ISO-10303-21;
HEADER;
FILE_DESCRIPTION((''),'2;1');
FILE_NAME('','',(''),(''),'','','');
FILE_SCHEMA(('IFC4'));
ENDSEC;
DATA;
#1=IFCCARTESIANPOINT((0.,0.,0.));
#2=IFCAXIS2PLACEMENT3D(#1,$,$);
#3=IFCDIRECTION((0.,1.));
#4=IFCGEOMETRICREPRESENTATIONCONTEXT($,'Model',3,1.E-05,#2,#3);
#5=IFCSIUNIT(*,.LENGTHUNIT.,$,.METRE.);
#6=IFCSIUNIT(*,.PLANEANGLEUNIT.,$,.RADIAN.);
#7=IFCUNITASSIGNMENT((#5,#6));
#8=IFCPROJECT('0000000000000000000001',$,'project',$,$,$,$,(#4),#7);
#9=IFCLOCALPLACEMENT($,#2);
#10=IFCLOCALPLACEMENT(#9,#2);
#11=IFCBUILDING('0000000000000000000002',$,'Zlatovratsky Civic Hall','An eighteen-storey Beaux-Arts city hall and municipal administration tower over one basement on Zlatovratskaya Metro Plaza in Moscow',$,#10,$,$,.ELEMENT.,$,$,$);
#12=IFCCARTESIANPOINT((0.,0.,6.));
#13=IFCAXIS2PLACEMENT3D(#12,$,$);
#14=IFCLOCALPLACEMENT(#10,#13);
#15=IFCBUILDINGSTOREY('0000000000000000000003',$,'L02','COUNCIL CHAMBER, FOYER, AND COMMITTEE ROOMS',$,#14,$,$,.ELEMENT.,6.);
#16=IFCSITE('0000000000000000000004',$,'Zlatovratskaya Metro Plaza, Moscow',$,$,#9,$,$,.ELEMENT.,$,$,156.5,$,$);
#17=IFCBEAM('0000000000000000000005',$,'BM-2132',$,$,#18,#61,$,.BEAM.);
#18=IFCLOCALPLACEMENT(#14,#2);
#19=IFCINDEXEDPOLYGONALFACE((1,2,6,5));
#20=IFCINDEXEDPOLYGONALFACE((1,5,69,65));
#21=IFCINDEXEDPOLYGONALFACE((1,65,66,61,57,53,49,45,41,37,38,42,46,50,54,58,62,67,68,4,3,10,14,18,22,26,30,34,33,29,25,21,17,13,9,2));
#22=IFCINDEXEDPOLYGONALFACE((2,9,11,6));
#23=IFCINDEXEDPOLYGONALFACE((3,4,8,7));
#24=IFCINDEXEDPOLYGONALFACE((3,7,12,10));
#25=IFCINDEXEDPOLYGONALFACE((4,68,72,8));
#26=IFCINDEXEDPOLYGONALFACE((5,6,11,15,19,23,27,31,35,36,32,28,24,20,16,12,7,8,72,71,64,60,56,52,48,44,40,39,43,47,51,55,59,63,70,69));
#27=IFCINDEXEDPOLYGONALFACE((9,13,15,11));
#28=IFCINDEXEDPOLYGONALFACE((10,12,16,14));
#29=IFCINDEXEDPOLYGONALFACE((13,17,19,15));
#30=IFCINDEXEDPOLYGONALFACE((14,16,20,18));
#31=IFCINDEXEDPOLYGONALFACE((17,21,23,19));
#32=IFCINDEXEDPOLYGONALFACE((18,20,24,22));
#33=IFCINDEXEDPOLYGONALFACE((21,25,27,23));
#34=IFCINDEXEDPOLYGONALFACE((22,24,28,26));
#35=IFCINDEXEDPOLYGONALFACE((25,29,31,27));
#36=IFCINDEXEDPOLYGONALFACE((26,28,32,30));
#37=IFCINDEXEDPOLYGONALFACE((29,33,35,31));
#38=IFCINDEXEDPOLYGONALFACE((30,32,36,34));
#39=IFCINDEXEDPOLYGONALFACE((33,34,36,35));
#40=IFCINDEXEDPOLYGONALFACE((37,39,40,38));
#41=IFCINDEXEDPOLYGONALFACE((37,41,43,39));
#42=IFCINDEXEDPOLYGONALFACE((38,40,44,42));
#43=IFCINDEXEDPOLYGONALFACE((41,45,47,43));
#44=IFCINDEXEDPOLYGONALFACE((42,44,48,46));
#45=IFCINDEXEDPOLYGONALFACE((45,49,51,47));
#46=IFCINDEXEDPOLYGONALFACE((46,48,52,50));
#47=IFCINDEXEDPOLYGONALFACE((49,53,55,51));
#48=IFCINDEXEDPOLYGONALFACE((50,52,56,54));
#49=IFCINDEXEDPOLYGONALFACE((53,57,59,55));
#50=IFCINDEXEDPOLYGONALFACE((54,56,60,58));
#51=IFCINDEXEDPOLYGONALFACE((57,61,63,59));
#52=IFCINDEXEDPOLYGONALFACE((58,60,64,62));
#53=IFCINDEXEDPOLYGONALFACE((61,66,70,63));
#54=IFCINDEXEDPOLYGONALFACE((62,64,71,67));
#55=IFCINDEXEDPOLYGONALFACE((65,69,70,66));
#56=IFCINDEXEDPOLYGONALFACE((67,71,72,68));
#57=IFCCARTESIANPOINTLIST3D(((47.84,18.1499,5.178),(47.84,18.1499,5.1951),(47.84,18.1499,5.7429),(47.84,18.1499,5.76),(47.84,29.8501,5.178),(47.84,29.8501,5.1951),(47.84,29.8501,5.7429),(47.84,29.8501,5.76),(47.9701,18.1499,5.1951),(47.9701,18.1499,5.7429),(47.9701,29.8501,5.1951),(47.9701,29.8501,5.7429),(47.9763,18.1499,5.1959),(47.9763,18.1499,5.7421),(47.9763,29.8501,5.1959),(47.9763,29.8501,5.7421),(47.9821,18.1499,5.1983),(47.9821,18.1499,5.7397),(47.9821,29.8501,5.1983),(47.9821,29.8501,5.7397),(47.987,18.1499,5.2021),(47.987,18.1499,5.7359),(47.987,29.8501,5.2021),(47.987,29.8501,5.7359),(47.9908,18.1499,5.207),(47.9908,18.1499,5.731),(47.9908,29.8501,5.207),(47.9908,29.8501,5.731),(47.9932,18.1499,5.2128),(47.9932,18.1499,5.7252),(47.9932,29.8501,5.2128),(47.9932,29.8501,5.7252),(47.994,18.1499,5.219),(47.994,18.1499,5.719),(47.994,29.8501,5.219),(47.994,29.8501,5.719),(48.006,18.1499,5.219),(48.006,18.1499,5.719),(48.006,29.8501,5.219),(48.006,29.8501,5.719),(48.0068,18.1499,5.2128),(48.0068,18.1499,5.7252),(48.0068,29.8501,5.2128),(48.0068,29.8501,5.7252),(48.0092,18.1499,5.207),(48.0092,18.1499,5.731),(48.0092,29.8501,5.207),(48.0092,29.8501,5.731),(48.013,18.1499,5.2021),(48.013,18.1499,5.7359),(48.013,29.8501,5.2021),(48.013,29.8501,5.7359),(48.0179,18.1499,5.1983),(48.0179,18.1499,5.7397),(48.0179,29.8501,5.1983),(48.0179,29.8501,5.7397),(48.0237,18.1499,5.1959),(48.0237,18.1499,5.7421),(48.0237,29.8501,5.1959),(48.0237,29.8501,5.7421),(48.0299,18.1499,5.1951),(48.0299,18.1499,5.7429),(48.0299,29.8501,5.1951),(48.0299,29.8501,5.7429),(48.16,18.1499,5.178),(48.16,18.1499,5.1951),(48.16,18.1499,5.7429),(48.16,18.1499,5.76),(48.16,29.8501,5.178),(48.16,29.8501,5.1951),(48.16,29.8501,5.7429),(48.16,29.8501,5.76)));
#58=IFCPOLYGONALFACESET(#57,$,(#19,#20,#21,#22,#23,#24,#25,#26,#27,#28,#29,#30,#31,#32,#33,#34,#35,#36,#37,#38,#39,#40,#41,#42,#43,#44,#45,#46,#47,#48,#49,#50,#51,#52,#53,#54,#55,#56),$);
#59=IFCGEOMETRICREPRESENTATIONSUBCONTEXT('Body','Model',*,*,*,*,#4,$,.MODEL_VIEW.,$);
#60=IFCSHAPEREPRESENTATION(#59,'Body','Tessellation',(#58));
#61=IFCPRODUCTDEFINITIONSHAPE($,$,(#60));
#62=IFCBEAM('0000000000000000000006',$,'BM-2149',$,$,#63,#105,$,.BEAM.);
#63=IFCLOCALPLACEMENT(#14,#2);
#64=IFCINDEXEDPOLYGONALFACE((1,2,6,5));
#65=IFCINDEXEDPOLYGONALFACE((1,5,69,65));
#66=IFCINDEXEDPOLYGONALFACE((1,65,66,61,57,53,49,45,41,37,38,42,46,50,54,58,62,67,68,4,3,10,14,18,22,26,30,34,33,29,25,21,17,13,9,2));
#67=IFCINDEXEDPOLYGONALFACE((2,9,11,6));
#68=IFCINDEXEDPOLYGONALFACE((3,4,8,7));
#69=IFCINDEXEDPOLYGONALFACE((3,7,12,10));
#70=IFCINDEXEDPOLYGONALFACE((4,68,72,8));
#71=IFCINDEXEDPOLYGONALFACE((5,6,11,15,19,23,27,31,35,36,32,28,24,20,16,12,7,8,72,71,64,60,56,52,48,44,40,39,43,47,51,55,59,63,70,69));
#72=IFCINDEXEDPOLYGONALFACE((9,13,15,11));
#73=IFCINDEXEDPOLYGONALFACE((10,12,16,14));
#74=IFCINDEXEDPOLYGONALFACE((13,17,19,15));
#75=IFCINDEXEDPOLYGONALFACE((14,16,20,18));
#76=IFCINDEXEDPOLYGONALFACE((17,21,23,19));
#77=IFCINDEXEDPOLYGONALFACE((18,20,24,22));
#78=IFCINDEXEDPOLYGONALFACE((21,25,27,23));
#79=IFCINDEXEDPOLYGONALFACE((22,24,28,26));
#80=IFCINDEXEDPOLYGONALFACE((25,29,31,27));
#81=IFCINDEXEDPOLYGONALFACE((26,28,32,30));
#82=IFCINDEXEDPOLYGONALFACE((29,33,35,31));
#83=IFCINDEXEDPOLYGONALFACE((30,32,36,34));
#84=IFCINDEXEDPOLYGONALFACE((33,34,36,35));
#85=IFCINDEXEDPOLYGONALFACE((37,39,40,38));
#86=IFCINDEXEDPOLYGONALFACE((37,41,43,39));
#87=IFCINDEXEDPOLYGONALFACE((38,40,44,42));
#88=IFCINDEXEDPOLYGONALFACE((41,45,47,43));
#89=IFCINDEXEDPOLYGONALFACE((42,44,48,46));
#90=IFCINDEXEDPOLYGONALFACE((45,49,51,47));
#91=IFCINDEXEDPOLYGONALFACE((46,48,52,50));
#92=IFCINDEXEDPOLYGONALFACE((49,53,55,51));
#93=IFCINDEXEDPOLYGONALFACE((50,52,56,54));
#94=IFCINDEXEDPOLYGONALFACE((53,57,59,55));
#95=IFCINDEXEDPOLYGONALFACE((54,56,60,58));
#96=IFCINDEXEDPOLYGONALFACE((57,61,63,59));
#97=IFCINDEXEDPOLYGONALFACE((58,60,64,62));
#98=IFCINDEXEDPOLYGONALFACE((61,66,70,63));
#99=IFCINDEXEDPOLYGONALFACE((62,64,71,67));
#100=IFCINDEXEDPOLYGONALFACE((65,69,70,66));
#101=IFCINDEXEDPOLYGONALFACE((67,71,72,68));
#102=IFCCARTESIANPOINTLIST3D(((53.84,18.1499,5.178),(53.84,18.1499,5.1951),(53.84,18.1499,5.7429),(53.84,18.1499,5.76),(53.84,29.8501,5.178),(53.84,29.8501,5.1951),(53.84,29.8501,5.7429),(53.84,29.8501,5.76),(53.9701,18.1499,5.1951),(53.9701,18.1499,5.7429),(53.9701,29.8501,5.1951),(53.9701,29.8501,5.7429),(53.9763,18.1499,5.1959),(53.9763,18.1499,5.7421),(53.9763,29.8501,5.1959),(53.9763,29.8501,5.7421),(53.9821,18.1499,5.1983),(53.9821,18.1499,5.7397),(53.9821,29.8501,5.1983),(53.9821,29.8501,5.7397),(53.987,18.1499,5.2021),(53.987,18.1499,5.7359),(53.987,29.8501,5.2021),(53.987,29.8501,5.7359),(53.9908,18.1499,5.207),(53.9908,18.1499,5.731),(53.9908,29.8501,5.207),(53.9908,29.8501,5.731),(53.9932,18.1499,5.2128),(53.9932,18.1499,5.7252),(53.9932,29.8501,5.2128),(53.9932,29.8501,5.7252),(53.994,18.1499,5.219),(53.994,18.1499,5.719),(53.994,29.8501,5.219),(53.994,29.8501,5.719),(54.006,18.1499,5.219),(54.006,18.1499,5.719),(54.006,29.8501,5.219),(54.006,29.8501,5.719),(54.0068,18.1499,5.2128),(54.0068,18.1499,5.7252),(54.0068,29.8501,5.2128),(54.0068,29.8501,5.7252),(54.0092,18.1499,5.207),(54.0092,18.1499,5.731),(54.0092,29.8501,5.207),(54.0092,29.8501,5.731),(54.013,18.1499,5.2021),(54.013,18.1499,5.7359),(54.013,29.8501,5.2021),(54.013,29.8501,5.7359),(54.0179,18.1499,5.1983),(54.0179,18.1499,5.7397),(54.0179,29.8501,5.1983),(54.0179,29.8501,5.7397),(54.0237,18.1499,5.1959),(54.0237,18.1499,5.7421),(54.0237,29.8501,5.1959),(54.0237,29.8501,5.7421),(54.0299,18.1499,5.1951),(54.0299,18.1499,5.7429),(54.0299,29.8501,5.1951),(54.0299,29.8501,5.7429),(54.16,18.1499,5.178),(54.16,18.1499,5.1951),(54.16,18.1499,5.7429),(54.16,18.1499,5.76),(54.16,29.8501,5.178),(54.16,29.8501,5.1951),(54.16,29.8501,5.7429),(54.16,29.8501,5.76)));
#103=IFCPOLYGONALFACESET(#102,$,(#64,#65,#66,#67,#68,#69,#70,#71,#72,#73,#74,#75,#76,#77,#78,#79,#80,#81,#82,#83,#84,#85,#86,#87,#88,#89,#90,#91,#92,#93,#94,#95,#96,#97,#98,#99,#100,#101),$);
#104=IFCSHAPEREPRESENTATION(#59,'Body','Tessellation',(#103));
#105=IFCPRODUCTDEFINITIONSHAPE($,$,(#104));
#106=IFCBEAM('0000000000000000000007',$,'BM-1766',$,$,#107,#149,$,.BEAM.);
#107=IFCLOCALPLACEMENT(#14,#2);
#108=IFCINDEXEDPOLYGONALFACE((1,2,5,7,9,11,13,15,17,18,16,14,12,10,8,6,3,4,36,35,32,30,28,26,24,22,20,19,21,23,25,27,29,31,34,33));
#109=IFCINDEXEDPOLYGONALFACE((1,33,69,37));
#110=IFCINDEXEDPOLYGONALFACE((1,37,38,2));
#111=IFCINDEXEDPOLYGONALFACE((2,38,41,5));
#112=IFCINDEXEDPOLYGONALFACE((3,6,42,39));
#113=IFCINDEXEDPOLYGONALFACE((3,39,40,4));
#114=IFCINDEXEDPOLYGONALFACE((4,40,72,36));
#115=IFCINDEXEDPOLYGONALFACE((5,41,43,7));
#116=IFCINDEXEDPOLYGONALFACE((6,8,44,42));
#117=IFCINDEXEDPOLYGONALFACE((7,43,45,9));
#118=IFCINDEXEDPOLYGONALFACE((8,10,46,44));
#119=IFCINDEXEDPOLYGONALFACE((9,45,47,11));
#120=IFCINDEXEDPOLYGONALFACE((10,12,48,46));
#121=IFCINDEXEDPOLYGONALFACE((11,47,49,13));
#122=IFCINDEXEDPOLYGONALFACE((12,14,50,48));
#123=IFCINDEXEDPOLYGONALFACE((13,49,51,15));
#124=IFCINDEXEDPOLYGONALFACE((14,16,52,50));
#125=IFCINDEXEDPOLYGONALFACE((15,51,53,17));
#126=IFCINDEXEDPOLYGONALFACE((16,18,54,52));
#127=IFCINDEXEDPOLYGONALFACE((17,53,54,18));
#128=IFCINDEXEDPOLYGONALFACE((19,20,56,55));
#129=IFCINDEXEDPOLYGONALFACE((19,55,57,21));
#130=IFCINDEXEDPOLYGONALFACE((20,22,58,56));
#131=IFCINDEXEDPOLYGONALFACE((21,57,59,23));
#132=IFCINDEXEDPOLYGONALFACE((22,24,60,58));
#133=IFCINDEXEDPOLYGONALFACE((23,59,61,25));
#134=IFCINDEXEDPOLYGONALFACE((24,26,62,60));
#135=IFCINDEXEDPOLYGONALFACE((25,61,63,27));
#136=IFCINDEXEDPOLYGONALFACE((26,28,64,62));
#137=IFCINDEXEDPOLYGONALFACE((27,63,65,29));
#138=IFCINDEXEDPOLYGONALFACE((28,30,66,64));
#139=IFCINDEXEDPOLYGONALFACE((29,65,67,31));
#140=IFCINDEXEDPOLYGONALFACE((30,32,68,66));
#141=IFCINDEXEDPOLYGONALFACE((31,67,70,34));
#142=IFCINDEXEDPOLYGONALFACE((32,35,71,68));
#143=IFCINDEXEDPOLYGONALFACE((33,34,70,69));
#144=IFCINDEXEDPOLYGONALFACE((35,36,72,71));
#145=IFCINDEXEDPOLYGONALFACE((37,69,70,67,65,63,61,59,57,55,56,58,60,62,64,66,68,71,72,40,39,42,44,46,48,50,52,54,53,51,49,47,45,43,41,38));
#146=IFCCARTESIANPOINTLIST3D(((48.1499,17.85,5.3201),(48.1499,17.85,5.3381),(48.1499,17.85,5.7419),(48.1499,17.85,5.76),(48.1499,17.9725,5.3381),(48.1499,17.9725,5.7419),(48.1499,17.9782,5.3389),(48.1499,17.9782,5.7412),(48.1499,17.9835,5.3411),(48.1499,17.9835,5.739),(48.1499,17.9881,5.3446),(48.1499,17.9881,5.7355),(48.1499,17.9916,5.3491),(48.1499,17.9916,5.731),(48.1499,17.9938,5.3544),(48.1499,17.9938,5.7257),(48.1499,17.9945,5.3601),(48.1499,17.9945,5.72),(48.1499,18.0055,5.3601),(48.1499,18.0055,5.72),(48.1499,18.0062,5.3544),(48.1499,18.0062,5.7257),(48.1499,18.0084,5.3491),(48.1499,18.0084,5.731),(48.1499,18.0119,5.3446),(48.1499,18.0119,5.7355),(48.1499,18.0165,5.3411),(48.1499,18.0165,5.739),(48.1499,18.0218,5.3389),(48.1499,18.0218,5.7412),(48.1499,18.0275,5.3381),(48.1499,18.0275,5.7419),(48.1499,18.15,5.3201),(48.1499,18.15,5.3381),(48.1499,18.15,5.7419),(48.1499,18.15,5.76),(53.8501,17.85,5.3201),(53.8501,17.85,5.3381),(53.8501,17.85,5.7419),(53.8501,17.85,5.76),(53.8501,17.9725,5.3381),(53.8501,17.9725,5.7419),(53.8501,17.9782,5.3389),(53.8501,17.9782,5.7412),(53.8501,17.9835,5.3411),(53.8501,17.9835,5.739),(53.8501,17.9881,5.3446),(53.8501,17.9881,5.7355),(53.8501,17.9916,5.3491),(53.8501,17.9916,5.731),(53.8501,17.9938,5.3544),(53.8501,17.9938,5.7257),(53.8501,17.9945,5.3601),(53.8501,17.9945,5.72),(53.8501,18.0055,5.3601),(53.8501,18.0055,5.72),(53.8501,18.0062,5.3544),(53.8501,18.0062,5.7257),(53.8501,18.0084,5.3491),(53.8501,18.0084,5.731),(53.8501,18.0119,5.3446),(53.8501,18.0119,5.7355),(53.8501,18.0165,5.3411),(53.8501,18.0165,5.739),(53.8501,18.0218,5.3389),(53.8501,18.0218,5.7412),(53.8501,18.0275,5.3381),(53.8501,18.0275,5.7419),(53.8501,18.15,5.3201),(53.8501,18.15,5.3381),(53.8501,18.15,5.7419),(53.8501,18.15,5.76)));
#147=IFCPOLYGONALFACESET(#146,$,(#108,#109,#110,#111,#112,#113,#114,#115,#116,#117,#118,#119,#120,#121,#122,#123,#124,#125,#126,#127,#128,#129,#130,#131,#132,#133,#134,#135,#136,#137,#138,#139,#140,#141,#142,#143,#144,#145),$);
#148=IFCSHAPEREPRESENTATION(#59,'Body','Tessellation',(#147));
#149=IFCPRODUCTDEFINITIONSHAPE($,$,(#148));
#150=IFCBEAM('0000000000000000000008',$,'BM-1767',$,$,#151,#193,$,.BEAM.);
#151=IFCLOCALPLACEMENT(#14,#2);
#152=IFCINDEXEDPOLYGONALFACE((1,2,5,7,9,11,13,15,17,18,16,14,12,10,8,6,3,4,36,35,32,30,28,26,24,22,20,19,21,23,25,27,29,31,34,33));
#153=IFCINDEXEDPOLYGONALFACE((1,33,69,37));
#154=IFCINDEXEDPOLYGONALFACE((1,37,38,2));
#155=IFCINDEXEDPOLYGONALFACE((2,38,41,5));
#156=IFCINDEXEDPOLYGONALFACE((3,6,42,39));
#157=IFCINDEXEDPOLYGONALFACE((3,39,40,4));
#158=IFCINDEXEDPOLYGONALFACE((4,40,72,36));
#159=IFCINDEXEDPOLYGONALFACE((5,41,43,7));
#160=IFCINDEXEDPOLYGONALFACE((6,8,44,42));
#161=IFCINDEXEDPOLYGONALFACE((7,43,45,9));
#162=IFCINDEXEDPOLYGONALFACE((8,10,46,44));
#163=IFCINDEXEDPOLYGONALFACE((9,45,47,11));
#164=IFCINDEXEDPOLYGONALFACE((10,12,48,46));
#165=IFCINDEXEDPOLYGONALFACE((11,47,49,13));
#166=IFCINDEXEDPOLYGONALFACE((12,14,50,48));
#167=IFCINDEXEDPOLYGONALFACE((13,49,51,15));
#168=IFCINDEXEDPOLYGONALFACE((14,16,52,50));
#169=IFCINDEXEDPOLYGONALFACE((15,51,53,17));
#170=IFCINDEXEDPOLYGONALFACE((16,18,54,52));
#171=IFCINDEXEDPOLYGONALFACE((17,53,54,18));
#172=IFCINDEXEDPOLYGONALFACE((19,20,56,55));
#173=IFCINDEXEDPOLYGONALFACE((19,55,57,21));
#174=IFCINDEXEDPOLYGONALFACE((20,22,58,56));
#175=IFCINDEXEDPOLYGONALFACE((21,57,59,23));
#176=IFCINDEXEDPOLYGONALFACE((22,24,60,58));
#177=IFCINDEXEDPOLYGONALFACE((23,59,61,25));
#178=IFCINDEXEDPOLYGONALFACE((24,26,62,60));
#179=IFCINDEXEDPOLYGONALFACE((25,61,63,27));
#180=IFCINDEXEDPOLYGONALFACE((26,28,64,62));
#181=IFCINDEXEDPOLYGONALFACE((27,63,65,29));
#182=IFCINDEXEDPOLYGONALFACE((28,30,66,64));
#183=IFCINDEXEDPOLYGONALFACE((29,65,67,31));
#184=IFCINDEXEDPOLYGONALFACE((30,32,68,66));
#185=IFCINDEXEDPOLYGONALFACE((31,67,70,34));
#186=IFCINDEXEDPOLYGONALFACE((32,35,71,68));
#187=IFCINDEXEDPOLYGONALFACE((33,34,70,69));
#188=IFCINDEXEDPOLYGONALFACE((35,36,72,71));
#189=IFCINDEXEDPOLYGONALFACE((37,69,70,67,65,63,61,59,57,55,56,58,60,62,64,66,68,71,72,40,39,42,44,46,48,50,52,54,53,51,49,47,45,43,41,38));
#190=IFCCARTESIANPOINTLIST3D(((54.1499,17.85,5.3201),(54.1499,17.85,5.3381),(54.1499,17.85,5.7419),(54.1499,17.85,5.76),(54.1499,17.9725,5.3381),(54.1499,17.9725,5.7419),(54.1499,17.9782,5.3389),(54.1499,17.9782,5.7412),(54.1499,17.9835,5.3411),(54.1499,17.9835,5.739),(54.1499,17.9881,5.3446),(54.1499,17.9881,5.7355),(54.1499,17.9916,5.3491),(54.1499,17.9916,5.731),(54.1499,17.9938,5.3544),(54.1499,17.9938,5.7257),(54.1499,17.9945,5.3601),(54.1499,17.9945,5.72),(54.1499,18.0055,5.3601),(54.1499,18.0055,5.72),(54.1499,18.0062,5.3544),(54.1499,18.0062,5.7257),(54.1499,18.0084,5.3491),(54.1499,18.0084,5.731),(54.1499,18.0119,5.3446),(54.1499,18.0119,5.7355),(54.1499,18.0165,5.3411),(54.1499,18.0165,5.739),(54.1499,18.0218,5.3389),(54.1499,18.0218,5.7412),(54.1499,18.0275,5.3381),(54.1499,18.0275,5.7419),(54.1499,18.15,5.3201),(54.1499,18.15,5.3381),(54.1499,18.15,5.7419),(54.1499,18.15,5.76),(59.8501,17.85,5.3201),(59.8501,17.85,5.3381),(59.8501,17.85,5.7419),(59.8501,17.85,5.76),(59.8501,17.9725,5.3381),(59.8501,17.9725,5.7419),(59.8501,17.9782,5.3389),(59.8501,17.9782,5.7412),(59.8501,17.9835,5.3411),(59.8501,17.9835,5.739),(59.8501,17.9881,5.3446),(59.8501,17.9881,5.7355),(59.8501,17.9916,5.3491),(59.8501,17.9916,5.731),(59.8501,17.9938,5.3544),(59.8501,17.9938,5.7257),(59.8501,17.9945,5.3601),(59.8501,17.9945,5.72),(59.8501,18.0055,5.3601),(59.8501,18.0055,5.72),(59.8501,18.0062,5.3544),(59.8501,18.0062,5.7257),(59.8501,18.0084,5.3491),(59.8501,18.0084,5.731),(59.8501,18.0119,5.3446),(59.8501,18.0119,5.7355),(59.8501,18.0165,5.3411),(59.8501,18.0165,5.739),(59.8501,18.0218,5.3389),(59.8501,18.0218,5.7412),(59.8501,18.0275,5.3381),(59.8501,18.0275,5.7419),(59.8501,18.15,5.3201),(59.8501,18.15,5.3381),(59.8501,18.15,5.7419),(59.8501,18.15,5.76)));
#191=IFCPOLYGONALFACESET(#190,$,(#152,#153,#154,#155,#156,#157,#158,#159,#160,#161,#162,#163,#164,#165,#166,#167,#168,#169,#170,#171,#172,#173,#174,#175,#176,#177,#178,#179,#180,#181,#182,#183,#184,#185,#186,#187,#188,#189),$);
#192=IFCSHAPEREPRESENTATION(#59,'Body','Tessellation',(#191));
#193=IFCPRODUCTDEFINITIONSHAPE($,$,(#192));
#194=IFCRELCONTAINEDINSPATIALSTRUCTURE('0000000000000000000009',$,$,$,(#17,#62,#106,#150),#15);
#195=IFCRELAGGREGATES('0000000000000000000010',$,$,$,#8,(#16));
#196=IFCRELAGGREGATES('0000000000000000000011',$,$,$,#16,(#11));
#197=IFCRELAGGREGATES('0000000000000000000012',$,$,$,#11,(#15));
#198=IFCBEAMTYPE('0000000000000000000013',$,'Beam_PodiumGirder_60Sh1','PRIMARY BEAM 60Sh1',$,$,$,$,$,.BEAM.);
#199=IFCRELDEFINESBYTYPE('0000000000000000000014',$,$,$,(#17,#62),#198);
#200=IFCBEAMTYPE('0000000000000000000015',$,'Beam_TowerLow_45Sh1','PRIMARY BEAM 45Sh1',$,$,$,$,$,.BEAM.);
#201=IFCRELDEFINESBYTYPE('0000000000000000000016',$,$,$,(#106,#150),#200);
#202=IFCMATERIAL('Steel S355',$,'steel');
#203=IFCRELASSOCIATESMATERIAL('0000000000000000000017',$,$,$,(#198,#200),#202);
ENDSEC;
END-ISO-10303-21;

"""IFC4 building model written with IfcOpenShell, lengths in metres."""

from ifc_helpers import new_model, si_unit, direction, frame, origin, origin_2d, place, context, subcontext, project, spatial, i_section, extrude, material, material_profile, profile_set, type_object, element, save


model = new_model("IFC4")

# Units and contexts
model_context = context("Model", 3, precision=1e-05, world=origin(), true_north=direction((0.0, 1.0)))
body_context = subcontext(model_context, "Body", "Model", "MODEL_VIEW")
ifc_project = project(units=[si_unit("LENGTHUNIT", "METRE"), si_unit("PLANEANGLEUNIT", "RADIAN")], contexts=[model_context])

# Site, building, storey
site_placement = place(None, origin())
site = spatial("IfcSite", under=ifc_project, at=site_placement, Name="Zlatovratskaya Metro Plaza, Moscow", CompositionType="ELEMENT", RefElevation=156.5)
building_placement = place(site_placement, origin())
building = spatial("IfcBuilding", under=site, at=building_placement, Name="Zlatovratsky Civic Hall", Description="An eighteen-storey Beaux-Arts city hall and municipal administration tower over one basement on Zlatovratskaya Metro Plaza in Moscow", CompositionType="ELEMENT")
storey_placement = place(building_placement, frame((0.0, 0.0, 6.0)))
storey = spatial("IfcBuildingStorey", under=building, at=storey_placement, Name="L02", Description="COUNCIL CHAMBER, FOYER, AND COMMITTEE ROOMS", CompositionType="ELEMENT", Elevation=6.0)

# Shared definitions
ifc_material_1 = material(Name="Steel S355", Category="steel")

# Beams
ifc_material_profile_1 = material_profile(ifc_material_1, i_section(OverallWidth=0.3201, OverallDepth=0.582, WebThickness=0.012, FlangeThickness=0.0171, FilletRadius=0.0239, at=origin_2d()), Name="60Sh1")
ifc_profile_set_1 = profile_set([ifc_material_profile_1], Name="Steel S355")
beam_type_1 = type_object("IfcBeamType", Name="Beam_PodiumGirder_60Sh1", Description="PRIMARY BEAM 60Sh1", PredefinedType="BEAM", material=ifc_profile_set_1)
for number, where, z_axis, x_axis, name in (
    (1, (48.0, 18.1499, 5.469), (0.0, 1.0, 0.0), (-1.0, 0.0, 0.0), "BM-2132"),
    (2, (54.0, 18.1499, 5.469), (0.0, 1.0, 0.0), (-1.0, 0.0, 0.0), "BM-2149"),
):
    element("IfcBeam", number, at=place(storey_placement, frame(where, z_axis=z_axis, x_axis=x_axis)), inside=storey, type_object=beam_type_1, Name=name, PredefinedType="BEAM", context=body_context, shape_type="SweptSolid", body=[
        extrude(i_section(OverallWidth=0.3201, OverallDepth=0.582, WebThickness=0.012, FlangeThickness=0.0171, FilletRadius=0.0239, at=origin_2d()), origin(), (0.0, 0.0, 1.0), 11.7002),
    ])
ifc_material_profile_2 = material_profile(ifc_material_1, i_section(OverallWidth=0.3, OverallDepth=0.4399, WebThickness=0.011, FlangeThickness=0.0181, FilletRadius=0.022, at=origin_2d()), Name="45Sh1")
ifc_profile_set_2 = profile_set([ifc_material_profile_2], Name="Steel S355")
beam_type_2 = type_object("IfcBeamType", Name="Beam_TowerLow_45Sh1", Description="PRIMARY BEAM 45Sh1", PredefinedType="BEAM", material=ifc_profile_set_2)
for number, where, z_axis, x_axis, name in (
    (3, (48.1499, 18.0, 5.54), (1.0, 0.0, 0.0), (0.0, 1.0, 0.0), "BM-1766"),
    (4, (54.1499, 18.0, 5.54), (1.0, 0.0, 0.0), (0.0, 1.0, 0.0), "BM-1767"),
):
    element("IfcBeam", number, at=place(storey_placement, frame(where, z_axis=z_axis, x_axis=x_axis)), inside=storey, type_object=beam_type_2, Name=name, PredefinedType="BEAM", context=body_context, shape_type="SweptSolid", body=[
        extrude(i_section(OverallWidth=0.3, OverallDepth=0.4399, WebThickness=0.011, FlangeThickness=0.0181, FilletRadius=0.022, at=origin_2d()), origin(), (0.0, 0.0, 1.0), 5.7002),
    ])

save(model, "model.ifc")
